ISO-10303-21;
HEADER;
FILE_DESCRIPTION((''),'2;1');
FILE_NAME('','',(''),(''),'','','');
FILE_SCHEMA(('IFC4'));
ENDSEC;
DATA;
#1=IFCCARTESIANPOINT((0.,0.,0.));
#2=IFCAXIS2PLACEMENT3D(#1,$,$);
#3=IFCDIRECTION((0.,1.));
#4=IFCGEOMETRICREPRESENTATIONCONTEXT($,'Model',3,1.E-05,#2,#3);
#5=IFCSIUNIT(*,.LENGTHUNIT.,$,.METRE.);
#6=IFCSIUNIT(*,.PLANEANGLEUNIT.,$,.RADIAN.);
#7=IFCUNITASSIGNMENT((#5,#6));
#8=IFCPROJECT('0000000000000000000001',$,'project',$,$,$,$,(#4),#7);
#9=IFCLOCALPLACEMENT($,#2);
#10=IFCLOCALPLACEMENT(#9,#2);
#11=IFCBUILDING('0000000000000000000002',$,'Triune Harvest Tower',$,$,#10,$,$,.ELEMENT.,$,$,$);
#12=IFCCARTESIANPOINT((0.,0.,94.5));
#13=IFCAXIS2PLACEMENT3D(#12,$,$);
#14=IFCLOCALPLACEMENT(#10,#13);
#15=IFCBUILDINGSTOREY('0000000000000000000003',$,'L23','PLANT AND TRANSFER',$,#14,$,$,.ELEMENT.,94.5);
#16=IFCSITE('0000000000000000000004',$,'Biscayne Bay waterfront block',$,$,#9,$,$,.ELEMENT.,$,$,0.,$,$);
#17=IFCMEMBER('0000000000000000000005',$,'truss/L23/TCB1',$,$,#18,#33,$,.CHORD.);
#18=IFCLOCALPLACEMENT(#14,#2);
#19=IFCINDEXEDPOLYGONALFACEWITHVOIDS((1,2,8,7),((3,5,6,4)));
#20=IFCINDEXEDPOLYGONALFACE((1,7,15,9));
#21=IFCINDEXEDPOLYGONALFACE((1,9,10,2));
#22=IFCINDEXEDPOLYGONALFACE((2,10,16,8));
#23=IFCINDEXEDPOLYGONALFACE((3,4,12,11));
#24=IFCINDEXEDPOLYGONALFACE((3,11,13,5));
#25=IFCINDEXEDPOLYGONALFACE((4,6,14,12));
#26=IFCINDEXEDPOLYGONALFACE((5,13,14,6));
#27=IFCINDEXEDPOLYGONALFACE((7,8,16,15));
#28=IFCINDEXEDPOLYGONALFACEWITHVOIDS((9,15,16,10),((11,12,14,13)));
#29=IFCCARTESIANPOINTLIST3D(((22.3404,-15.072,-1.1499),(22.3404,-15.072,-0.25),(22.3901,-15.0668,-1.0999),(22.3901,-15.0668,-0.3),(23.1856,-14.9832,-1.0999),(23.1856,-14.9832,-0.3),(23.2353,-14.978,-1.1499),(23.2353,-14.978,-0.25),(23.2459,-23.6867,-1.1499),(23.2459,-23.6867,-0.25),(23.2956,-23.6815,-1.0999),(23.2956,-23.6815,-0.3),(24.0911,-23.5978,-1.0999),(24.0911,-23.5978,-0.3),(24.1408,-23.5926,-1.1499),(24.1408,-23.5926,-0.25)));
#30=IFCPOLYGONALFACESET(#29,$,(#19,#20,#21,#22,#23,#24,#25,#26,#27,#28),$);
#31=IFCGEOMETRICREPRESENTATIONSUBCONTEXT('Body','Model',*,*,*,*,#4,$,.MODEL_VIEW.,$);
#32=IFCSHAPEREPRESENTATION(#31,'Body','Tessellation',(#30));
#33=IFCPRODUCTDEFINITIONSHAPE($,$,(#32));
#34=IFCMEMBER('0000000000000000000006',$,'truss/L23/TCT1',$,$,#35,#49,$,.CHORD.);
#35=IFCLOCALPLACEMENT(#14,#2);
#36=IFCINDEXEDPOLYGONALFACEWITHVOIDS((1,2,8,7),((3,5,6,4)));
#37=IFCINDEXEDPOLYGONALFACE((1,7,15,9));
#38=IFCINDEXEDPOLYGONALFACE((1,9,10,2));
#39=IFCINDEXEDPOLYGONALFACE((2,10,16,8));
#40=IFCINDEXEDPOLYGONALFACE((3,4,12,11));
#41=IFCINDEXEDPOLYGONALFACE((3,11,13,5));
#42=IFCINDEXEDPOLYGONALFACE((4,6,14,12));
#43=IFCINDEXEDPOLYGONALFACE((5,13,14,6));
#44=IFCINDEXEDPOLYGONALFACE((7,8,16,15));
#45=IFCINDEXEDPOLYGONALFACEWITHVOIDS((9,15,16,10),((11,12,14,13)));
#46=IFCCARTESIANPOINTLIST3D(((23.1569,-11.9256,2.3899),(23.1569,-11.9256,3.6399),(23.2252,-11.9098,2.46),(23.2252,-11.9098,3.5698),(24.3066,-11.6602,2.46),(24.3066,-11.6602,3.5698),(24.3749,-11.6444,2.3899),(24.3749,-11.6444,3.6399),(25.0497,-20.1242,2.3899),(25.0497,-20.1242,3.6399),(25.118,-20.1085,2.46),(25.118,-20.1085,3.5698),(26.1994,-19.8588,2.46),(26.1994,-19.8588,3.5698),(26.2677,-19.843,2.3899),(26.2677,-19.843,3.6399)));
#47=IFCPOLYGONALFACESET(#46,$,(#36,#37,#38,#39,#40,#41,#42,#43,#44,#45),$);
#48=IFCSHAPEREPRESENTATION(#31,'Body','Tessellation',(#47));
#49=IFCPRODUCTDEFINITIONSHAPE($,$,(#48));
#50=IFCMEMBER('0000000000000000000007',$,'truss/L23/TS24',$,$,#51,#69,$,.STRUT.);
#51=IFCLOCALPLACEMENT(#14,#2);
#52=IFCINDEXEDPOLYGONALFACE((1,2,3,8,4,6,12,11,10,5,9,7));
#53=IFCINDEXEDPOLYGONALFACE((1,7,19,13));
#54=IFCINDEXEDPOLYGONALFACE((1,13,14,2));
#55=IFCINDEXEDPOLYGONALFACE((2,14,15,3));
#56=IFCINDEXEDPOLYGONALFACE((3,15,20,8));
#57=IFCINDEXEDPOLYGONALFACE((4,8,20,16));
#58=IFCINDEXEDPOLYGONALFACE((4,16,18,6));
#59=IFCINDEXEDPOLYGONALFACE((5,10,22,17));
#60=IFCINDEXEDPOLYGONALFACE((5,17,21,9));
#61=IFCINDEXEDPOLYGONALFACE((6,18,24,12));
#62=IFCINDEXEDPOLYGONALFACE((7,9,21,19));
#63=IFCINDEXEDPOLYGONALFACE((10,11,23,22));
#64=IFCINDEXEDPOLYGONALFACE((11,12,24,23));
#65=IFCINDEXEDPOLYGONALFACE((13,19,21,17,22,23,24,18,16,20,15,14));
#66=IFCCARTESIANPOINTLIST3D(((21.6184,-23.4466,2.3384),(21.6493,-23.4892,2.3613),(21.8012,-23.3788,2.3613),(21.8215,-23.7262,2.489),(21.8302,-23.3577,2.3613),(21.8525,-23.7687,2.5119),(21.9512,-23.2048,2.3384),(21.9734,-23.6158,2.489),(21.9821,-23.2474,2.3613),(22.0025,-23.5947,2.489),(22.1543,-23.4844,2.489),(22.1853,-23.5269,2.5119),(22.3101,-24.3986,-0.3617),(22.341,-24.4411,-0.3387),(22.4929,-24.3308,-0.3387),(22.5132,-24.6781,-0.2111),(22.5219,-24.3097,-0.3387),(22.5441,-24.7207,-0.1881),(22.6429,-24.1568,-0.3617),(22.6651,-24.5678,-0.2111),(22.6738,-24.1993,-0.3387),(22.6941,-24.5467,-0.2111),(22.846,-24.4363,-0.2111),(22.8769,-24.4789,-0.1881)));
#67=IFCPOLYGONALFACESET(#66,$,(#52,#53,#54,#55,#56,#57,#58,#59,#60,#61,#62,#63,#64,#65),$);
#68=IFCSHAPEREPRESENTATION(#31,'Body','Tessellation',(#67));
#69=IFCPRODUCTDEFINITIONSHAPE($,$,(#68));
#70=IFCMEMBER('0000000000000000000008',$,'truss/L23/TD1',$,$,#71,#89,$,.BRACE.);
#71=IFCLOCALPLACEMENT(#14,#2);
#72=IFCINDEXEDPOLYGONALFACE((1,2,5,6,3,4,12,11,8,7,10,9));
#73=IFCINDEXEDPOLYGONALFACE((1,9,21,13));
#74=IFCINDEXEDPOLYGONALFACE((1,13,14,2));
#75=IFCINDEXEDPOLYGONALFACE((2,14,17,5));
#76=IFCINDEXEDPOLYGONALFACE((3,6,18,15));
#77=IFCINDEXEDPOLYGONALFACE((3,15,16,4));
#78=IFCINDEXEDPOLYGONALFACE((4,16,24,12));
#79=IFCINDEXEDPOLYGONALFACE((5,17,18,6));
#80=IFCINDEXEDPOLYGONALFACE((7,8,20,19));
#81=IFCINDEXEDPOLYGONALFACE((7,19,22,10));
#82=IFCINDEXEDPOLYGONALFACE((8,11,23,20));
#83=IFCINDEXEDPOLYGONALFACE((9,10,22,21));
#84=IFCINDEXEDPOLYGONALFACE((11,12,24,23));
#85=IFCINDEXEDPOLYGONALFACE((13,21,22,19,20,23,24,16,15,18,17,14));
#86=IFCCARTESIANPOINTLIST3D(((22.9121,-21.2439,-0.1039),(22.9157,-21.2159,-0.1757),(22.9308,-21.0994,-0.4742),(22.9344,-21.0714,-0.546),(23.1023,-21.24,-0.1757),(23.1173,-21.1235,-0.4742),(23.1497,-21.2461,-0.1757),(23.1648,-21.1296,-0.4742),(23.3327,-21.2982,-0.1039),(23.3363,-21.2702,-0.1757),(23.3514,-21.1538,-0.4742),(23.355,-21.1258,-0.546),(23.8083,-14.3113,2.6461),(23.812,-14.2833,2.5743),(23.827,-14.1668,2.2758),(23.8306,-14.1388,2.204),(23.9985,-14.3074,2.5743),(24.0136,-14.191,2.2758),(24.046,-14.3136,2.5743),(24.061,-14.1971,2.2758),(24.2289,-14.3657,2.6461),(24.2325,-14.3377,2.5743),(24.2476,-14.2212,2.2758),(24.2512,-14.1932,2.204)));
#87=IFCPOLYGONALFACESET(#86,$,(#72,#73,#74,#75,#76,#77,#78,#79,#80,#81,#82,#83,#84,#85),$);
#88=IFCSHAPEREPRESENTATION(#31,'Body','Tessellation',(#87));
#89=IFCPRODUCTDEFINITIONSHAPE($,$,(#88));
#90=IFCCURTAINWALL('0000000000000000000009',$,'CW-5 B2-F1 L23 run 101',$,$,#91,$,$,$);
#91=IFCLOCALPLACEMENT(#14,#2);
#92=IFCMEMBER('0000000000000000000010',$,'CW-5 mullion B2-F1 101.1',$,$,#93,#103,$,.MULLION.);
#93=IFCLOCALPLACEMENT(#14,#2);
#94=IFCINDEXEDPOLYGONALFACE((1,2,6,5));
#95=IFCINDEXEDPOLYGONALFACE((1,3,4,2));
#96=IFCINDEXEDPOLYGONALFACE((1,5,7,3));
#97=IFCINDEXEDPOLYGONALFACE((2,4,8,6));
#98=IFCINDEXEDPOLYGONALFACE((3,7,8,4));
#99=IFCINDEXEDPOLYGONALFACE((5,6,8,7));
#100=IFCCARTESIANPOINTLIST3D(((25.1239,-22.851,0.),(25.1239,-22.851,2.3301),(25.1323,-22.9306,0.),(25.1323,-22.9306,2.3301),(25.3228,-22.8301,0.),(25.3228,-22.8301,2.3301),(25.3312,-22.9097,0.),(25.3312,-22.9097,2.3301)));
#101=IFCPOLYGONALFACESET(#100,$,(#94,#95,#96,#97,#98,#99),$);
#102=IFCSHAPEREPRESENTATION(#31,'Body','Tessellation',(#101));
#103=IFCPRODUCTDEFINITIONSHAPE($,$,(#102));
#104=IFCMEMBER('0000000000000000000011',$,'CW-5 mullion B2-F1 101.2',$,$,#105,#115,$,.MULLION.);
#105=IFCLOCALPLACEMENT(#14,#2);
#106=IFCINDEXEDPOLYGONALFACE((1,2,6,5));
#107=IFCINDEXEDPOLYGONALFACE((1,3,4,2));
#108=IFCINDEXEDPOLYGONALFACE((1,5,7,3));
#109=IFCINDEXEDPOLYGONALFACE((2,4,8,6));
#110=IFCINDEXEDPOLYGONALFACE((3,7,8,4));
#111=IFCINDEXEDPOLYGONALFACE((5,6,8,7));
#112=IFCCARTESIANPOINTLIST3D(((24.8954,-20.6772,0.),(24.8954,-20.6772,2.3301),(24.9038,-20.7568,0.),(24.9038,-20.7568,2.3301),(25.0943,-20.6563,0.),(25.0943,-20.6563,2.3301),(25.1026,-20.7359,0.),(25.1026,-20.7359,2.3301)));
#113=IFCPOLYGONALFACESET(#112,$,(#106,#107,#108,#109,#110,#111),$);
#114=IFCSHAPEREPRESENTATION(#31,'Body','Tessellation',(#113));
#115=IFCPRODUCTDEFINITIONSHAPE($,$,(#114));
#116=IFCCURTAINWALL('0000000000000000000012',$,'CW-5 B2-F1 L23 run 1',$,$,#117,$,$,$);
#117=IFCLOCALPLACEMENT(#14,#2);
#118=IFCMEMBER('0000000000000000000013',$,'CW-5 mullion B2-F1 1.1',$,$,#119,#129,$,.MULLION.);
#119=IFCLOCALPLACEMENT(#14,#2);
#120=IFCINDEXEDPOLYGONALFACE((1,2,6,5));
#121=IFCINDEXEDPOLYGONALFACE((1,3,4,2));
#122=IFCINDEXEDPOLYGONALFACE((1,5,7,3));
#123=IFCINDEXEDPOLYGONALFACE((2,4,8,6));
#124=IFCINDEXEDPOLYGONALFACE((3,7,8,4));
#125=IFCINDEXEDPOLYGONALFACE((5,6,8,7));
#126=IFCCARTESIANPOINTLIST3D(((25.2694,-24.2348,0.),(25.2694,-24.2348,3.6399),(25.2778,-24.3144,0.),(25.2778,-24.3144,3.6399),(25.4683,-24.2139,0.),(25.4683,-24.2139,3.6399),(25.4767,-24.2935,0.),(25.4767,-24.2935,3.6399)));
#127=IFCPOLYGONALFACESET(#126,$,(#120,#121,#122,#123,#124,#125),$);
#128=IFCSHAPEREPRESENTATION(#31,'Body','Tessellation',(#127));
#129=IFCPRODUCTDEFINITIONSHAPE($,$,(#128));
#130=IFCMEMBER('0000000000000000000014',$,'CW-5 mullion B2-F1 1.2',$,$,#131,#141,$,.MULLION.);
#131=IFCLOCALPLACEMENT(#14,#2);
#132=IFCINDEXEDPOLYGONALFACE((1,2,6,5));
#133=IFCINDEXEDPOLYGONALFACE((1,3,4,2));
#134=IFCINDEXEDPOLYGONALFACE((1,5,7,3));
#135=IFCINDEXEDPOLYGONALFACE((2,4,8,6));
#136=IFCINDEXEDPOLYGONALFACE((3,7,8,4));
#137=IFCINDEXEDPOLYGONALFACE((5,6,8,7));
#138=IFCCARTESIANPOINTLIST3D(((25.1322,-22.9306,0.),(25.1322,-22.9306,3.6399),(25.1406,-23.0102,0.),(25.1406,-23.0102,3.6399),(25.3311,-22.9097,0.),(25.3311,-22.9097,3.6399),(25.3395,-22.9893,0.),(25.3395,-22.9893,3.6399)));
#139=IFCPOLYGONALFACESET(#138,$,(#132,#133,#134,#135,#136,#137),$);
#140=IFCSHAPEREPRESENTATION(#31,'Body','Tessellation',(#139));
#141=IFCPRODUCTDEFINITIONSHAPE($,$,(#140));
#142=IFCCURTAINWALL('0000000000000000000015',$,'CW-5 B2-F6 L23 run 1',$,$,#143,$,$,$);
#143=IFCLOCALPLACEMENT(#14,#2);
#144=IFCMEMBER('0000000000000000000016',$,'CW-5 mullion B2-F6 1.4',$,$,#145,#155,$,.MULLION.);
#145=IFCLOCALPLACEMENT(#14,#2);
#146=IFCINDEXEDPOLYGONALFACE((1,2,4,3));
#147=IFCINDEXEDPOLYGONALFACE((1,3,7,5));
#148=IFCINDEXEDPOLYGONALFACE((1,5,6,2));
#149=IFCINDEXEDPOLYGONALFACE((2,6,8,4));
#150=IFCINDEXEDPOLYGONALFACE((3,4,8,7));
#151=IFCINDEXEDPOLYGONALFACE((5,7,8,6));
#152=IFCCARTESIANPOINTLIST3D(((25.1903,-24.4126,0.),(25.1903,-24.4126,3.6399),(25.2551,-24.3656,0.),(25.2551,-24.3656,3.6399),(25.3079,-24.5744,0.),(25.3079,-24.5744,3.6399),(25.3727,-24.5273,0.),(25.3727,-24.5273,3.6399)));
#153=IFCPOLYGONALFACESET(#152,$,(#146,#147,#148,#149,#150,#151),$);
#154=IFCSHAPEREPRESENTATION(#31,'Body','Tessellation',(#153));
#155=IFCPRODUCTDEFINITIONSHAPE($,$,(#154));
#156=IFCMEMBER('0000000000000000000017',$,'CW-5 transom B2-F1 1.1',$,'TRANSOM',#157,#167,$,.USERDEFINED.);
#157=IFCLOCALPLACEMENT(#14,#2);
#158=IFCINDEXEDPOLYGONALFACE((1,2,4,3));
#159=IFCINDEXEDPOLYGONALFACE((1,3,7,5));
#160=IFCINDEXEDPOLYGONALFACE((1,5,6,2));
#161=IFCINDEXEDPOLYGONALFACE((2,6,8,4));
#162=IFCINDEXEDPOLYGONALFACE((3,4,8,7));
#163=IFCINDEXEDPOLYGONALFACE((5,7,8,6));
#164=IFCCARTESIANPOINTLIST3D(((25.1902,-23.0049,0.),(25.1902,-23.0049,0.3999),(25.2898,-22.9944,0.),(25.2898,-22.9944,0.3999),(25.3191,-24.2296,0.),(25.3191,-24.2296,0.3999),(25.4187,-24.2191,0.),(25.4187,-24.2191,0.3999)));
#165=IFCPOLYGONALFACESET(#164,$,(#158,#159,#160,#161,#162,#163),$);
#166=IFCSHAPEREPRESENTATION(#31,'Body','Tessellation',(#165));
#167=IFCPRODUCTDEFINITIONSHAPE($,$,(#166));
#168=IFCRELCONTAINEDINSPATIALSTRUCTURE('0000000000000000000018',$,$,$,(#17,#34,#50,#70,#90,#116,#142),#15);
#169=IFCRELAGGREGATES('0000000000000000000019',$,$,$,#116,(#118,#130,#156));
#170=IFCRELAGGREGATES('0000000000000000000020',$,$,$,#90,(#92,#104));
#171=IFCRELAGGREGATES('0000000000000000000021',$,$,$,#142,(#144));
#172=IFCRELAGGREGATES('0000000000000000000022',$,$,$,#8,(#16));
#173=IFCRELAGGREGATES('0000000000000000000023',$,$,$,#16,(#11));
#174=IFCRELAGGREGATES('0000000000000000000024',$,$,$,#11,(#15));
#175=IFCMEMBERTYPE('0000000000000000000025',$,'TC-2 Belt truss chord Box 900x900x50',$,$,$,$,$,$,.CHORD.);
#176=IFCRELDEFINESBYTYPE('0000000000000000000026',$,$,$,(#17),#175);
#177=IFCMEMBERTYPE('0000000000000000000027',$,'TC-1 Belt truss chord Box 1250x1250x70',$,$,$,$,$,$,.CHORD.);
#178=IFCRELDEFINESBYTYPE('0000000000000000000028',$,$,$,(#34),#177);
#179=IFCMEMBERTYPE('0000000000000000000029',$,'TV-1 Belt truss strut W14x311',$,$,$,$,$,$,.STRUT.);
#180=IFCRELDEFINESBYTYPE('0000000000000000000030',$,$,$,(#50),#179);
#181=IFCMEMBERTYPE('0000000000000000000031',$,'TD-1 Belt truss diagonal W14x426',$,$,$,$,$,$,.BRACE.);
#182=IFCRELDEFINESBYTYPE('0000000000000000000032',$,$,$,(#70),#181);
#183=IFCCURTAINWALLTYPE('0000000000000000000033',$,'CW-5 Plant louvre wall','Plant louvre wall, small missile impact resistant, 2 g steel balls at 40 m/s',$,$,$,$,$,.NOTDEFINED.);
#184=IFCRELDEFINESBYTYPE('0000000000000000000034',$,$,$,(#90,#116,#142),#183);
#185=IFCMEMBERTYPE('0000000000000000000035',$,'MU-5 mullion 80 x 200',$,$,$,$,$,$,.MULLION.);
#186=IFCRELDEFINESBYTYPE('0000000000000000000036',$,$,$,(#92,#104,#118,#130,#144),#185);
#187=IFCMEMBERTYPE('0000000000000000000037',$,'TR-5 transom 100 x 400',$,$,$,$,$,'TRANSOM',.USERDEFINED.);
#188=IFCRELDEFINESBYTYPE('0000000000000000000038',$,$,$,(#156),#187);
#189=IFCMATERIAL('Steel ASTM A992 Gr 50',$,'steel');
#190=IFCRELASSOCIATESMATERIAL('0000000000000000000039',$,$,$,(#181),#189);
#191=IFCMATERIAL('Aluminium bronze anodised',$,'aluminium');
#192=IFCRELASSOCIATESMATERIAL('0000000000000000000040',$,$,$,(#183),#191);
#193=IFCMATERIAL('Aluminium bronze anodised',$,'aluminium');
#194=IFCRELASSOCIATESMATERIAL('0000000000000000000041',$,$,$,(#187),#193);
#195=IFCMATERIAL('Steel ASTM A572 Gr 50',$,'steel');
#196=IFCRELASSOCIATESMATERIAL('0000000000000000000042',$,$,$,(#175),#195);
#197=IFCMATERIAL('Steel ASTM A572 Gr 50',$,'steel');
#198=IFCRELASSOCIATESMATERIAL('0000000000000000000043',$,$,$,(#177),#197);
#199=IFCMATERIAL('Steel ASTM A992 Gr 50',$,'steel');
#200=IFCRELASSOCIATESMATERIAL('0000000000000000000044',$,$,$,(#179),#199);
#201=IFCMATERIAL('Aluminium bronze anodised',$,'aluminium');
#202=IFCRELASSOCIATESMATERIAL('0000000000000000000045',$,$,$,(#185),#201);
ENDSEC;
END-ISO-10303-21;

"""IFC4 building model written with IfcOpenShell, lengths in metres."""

from ifc_helpers import new_model, si_unit, direction, frame, origin, origin_2d, place, context, subcontext, project, spatial, rectangle, hollow_rectangle, i_section, extrude, source, transform, mapped, material, material_profile, profile_set, type_object, element, aggregate, save


model = new_model("IFC4")

# Units and contexts
model_context = context("Model", 3, precision=1e-05, world=origin(), true_north=direction((0.0, 1.0)))
body_context = subcontext(model_context, "Body", "Model", "MODEL_VIEW")
ifc_project = project(units=[si_unit("LENGTHUNIT", "METRE"), si_unit("PLANEANGLEUNIT", "RADIAN")], contexts=[model_context])

# Site, building, storey
site_placement = place(None, origin())
site = spatial("IfcSite", under=ifc_project, at=site_placement, Name="Biscayne Bay waterfront block", CompositionType="ELEMENT", RefElevation=0.0)
building_placement = place(site_placement, origin())
building = spatial("IfcBuilding", under=site, at=building_placement, Name="Triune Harvest Tower", CompositionType="ELEMENT")
storey_placement = place(building_placement, frame((0.0, 0.0, 94.5)))
storey = spatial("IfcBuildingStorey", under=building, at=storey_placement, Name="L23", Description="PLANT AND TRANSFER", CompositionType="ELEMENT", Elevation=94.5)

# Shared definitions
ifc_material_1 = material(Name="Steel ASTM A992 Gr 50", Category="steel")
ifc_material_profile_1 = material_profile(ifc_material_1, i_section(OverallWidth=0.4241, OverallDepth=0.4751, WebThickness=0.0479, FlangeThickness=0.0771, at=origin_2d()), Name="W14x426")
ifc_profile_set_1 = profile_set([ifc_material_profile_1], Name="Steel ASTM A992 Gr 50")
member_type_1 = type_object("IfcMemberType", Name="TD-1 Belt truss diagonal W14x426", PredefinedType="BRACE", material=ifc_profile_set_1)

# Shared definitions
ifc_material_2 = material(Name="Aluminium bronze anodised", Category="aluminium")
curtain_wall_type = type_object("IfcCurtainWallType", Name="CW-5 Plant louvre wall", Description="Plant louvre wall, small missile impact resistant, 2 g steel balls at 40 m/s", PredefinedType="NOTDEFINED", material=ifc_material_2)
ifc_material_3 = material(Name="Aluminium bronze anodised", Category="aluminium")
ifc_material_profile_2 = material_profile(ifc_material_3, rectangle(XDim=0.1001, YDim=0.3999, at=origin_2d()), Name="TR-5 transom 100 x 400")
ifc_profile_set_2 = profile_set([ifc_material_profile_2], Name="Aluminium bronze anodised")
member_type_2 = type_object("IfcMemberType", Name="TR-5 transom 100 x 400", ElementType="TRANSOM", PredefinedType="USERDEFINED", material=ifc_profile_set_2)

# Members
ifc_material_4 = material(Name="Steel ASTM A572 Gr 50", Category="steel")
ifc_material_profile_3 = material_profile(ifc_material_4, hollow_rectangle(XDim=0.8999, YDim=0.8999, WallThickness=0.05, at=origin_2d()), Name="Box 900x900x50")
ifc_profile_set_3 = profile_set([ifc_material_profile_3], Name="Steel ASTM A572 Gr 50")
member_type_3 = type_object("IfcMemberType", Name="TC-2 Belt truss chord Box 900x900x50", PredefinedType="CHORD", material=ifc_profile_set_3)
shared_shape_1 = source(origin(), body_context, "Body", "SweptSolid", [
    extrude(hollow_rectangle(XDim=0.8999, YDim=0.8999, WallThickness=0.05, at=origin_2d()), origin(), (0.0, 0.0, 1.0), 8.6621),
])
member_1_placement = place(storey_placement, frame((23.6934, -23.6396, -0.7), z_axis=(-0.104537, 0.994521, 0.0), x_axis=(-0.994521, -0.104537, 0.0)))
element("IfcMember", 1, at=member_1_placement, inside=storey, type_object=member_type_3, Name="truss/L23/TCB1", PredefinedType="CHORD", context=body_context, shape_type="MappedRepresentation", body=[
    mapped(shared_shape_1, transform((0.0, 0.0, 0.0), scale=1.0)),
])
ifc_material_5 = material(Name="Steel ASTM A572 Gr 50", Category="steel")
ifc_material_profile_4 = material_profile(ifc_material_5, hollow_rectangle(XDim=1.25, YDim=1.25, WallThickness=0.0701, at=origin_2d()), Name="Box 1250x1250x70")
ifc_profile_set_4 = profile_set([ifc_material_profile_4], Name="Steel ASTM A572 Gr 50")
member_type_4 = type_object("IfcMemberType", Name="TC-1 Belt truss chord Box 1250x1250x70", PredefinedType="CHORD", material=ifc_profile_set_4)
shared_shape_2 = source(origin(), body_context, "Body", "SweptSolid", [
    extrude(hollow_rectangle(XDim=1.25, YDim=1.25, WallThickness=0.0701, at=origin_2d()), origin(), (0.0, 0.0, 1.0), 8.4143),
])
member_2_placement = place(storey_placement, frame((25.6587, -19.9836, 3.0149), z_axis=(-0.224951, 0.97437, 0.0), x_axis=(-0.97437, -0.224951, 0.0)))
element("IfcMember", 2, at=member_2_placement, inside=storey, type_object=member_type_4, Name="truss/L23/TCT1", PredefinedType="CHORD", context=body_context, shape_type="MappedRepresentation", body=[
    mapped(shared_shape_2, transform((0.0, 0.0, 0.0), scale=1.0)),
])
ifc_material_6 = material(Name="Steel ASTM A992 Gr 50", Category="steel")
ifc_material_profile_5 = material_profile(ifc_material_6, i_section(OverallWidth=0.4114, OverallDepth=0.4343, WebThickness=0.0359, FlangeThickness=0.0574, at=origin_2d()), Name="W14x311")
ifc_profile_set_5 = profile_set([ifc_material_profile_5], Name="Steel ASTM A992 Gr 50")
member_type_5 = type_object("IfcMemberType", Name="TV-1 Belt truss strut W14x311", PredefinedType="STRUT", material=ifc_profile_set_5)
shared_shape_3 = source(origin(), body_context, "Body", "SweptSolid", [
    extrude(i_section(OverallWidth=0.4114, OverallDepth=0.4343, WebThickness=0.0359, FlangeThickness=0.0574, at=origin_2d()), origin(), (0.0, 0.0, 1.0), 2.9453),
])
member_3_placement = place(storey_placement, frame((22.5935, -24.4387, -0.2749), z_axis=(-0.234839, 0.323205, 0.916727), x_axis=(-0.808996, -0.587814, 0.0)))
element("IfcMember", 3, at=member_3_placement, inside=storey, type_object=member_type_5, Name="truss/L23/TS24", PredefinedType="STRUT", context=body_context, shape_type="MappedRepresentation", body=[
    mapped(shared_shape_3, transform((0.0, 0.0, 0.0), scale=1.0)),
])
shared_shape_4 = source(origin(), body_context, "Body", "SweptSolid", [
    extrude(i_section(OverallWidth=0.4241, OverallDepth=0.4751, WebThickness=0.0479, FlangeThickness=0.0771, at=origin_2d()), origin(), (0.0, 0.0, 1.0), 7.5117),
])
member_4_placement = place(storey_placement, frame((23.1335, -21.1848, -0.325), z_axis=(0.119311, 0.922899, 0.366091), x_axis=(-0.991747, 0.128212, 0.0)))
element("IfcMember", 4, at=member_4_placement, inside=storey, type_object=member_type_1, Name="truss/L23/TD1", PredefinedType="BRACE", context=body_context, shape_type="MappedRepresentation", body=[
    mapped(shared_shape_4, transform((0.0, 0.0, 0.0), scale=1.0)),
])

# Curtain walls, members
curtain_wall_1_placement = place(storey_placement, origin())
curtain_wall_1 = element("IfcCurtainWall", 5, at=curtain_wall_1_placement, inside=storey, type_object=curtain_wall_type, Name="CW-5 B2-F1 L23 run 101")
ifc_material_7 = material(Name="Aluminium bronze anodised", Category="aluminium")
ifc_material_profile_6 = material_profile(ifc_material_7, rectangle(XDim=0.2, YDim=0.0801, at=origin_2d()), Name="MU-5 mullion 80 x 200")
ifc_profile_set_6 = profile_set([ifc_material_profile_6], Name="Aluminium bronze anodised")
member_type_6 = type_object("IfcMemberType", Name="MU-5 mullion 80 x 200", PredefinedType="MULLION", material=ifc_profile_set_6)
shared_shape_5 = source(origin(), body_context, "Body", "SweptSolid", [
    extrude(rectangle(XDim=0.2, YDim=0.0801, at=origin_2d()), origin(), (0.0, 0.0, 1.0), 2.3301),
])
member_5_placement = place(storey_placement, frame((25.2275, -22.8804, 0.0), z_axis=(0.0, 0.0, 1.0), x_axis=(-0.994524, -0.10451, 0.0)))
member_5 = element("IfcMember", 6, at=member_5_placement, type_object=member_type_6, Name="CW-5 mullion B2-F1 101.1", PredefinedType="MULLION", context=body_context, shape_type="MappedRepresentation", body=[
    mapped(shared_shape_5, transform((0.0, 0.0, 0.0), scale=1.0)),
])
member_6_placement = place(storey_placement, frame((24.999, -20.7065, 0.0), z_axis=(0.0, 0.0, 1.0), x_axis=(-0.994524, -0.10451, 0.0)))
member_6 = element("IfcMember", 7, at=member_6_placement, type_object=member_type_6, Name="CW-5 mullion B2-F1 101.2", PredefinedType="MULLION", context=body_context, shape_type="MappedRepresentation", body=[
    mapped(shared_shape_5, transform((0.0, 0.0, 0.0), scale=1.0)),
])
curtain_wall_2_placement = place(storey_placement, origin())
curtain_wall_2 = element("IfcCurtainWall", 8, at=curtain_wall_2_placement, inside=storey, type_object=curtain_wall_type, Name="CW-5 B2-F1 L23 run 1")
shared_shape_6 = source(origin(), body_context, "Body", "SweptSolid", [
    extrude(rectangle(XDim=0.2, YDim=0.0801, at=origin_2d()), origin(), (0.0, 0.0, 1.0), 3.6399),
])
member_7_placement = place(storey_placement, frame((25.373, -24.2642, 0.0), z_axis=(0.0, 0.0, 1.0), x_axis=(-0.994518, -0.104561, 0.0)))
member_7 = element("IfcMember", 9, at=member_7_placement, type_object=member_type_6, Name="CW-5 mullion B2-F1 1.1", PredefinedType="MULLION", context=body_context, shape_type="MappedRepresentation", body=[
    mapped(shared_shape_6, transform((0.0, 0.0, 0.0), scale=1.0)),
])
member_8_placement = place(storey_placement, frame((25.2358, -22.96, 0.0), z_axis=(0.0, 0.0, 1.0), x_axis=(-0.994518, -0.104561, 0.0)))
member_8 = element("IfcMember", 10, at=member_8_placement, type_object=member_type_6, Name="CW-5 mullion B2-F1 1.2", PredefinedType="MULLION", context=body_context, shape_type="MappedRepresentation", body=[
    mapped(shared_shape_6, transform((0.0, 0.0, 0.0), scale=1.0)),
])

# Curtain wall, member
curtain_wall_3_placement = place(storey_placement, origin())
curtain_wall_3 = element("IfcCurtainWall", 11, at=curtain_wall_3_placement, inside=storey, type_object=curtain_wall_type, Name="CW-5 B2-F6 L23 run 1")
member_9_placement = place(storey_placement, frame((25.2815, -24.47, 0.0), z_axis=(0.0, 0.0, 1.0), x_axis=(-0.58779, 0.809013, 0.0)))
member_9 = element("IfcMember", 12, at=member_9_placement, type_object=member_type_6, Name="CW-5 mullion B2-F6 1.4", PredefinedType="MULLION", context=body_context, shape_type="MappedRepresentation", body=[
    mapped(shared_shape_6, transform((0.0, 0.0, 0.0), scale=1.0)),
])

# Member
shared_shape_7 = source(origin(), body_context, "Body", "SweptSolid", [
    extrude(rectangle(XDim=0.1001, YDim=0.3999, at=origin_2d()), origin(), (0.0, 0.0, 1.0), 1.2314),
])
member_10_placement = place(storey_placement, frame((25.3689, -24.2244, 0.2), z_axis=(-0.104685, 0.994505, 0.0), x_axis=(-0.994505, -0.104685, 0.0)))
member_10 = element("IfcMember", 13, at=member_10_placement, type_object=member_type_2, Name="CW-5 transom B2-F1 1.1", ObjectType="TRANSOM", PredefinedType="USERDEFINED", context=body_context, shape_type="MappedRepresentation", body=[
    mapped(shared_shape_7, transform((0.0, 0.0, 0.0), scale=1.0)),
])

aggregate(curtain_wall_2, [member_7, member_8, member_10])
aggregate(curtain_wall_1, [member_5, member_6])
aggregate(curtain_wall_3, [member_9])

save(model, "model.ifc")
